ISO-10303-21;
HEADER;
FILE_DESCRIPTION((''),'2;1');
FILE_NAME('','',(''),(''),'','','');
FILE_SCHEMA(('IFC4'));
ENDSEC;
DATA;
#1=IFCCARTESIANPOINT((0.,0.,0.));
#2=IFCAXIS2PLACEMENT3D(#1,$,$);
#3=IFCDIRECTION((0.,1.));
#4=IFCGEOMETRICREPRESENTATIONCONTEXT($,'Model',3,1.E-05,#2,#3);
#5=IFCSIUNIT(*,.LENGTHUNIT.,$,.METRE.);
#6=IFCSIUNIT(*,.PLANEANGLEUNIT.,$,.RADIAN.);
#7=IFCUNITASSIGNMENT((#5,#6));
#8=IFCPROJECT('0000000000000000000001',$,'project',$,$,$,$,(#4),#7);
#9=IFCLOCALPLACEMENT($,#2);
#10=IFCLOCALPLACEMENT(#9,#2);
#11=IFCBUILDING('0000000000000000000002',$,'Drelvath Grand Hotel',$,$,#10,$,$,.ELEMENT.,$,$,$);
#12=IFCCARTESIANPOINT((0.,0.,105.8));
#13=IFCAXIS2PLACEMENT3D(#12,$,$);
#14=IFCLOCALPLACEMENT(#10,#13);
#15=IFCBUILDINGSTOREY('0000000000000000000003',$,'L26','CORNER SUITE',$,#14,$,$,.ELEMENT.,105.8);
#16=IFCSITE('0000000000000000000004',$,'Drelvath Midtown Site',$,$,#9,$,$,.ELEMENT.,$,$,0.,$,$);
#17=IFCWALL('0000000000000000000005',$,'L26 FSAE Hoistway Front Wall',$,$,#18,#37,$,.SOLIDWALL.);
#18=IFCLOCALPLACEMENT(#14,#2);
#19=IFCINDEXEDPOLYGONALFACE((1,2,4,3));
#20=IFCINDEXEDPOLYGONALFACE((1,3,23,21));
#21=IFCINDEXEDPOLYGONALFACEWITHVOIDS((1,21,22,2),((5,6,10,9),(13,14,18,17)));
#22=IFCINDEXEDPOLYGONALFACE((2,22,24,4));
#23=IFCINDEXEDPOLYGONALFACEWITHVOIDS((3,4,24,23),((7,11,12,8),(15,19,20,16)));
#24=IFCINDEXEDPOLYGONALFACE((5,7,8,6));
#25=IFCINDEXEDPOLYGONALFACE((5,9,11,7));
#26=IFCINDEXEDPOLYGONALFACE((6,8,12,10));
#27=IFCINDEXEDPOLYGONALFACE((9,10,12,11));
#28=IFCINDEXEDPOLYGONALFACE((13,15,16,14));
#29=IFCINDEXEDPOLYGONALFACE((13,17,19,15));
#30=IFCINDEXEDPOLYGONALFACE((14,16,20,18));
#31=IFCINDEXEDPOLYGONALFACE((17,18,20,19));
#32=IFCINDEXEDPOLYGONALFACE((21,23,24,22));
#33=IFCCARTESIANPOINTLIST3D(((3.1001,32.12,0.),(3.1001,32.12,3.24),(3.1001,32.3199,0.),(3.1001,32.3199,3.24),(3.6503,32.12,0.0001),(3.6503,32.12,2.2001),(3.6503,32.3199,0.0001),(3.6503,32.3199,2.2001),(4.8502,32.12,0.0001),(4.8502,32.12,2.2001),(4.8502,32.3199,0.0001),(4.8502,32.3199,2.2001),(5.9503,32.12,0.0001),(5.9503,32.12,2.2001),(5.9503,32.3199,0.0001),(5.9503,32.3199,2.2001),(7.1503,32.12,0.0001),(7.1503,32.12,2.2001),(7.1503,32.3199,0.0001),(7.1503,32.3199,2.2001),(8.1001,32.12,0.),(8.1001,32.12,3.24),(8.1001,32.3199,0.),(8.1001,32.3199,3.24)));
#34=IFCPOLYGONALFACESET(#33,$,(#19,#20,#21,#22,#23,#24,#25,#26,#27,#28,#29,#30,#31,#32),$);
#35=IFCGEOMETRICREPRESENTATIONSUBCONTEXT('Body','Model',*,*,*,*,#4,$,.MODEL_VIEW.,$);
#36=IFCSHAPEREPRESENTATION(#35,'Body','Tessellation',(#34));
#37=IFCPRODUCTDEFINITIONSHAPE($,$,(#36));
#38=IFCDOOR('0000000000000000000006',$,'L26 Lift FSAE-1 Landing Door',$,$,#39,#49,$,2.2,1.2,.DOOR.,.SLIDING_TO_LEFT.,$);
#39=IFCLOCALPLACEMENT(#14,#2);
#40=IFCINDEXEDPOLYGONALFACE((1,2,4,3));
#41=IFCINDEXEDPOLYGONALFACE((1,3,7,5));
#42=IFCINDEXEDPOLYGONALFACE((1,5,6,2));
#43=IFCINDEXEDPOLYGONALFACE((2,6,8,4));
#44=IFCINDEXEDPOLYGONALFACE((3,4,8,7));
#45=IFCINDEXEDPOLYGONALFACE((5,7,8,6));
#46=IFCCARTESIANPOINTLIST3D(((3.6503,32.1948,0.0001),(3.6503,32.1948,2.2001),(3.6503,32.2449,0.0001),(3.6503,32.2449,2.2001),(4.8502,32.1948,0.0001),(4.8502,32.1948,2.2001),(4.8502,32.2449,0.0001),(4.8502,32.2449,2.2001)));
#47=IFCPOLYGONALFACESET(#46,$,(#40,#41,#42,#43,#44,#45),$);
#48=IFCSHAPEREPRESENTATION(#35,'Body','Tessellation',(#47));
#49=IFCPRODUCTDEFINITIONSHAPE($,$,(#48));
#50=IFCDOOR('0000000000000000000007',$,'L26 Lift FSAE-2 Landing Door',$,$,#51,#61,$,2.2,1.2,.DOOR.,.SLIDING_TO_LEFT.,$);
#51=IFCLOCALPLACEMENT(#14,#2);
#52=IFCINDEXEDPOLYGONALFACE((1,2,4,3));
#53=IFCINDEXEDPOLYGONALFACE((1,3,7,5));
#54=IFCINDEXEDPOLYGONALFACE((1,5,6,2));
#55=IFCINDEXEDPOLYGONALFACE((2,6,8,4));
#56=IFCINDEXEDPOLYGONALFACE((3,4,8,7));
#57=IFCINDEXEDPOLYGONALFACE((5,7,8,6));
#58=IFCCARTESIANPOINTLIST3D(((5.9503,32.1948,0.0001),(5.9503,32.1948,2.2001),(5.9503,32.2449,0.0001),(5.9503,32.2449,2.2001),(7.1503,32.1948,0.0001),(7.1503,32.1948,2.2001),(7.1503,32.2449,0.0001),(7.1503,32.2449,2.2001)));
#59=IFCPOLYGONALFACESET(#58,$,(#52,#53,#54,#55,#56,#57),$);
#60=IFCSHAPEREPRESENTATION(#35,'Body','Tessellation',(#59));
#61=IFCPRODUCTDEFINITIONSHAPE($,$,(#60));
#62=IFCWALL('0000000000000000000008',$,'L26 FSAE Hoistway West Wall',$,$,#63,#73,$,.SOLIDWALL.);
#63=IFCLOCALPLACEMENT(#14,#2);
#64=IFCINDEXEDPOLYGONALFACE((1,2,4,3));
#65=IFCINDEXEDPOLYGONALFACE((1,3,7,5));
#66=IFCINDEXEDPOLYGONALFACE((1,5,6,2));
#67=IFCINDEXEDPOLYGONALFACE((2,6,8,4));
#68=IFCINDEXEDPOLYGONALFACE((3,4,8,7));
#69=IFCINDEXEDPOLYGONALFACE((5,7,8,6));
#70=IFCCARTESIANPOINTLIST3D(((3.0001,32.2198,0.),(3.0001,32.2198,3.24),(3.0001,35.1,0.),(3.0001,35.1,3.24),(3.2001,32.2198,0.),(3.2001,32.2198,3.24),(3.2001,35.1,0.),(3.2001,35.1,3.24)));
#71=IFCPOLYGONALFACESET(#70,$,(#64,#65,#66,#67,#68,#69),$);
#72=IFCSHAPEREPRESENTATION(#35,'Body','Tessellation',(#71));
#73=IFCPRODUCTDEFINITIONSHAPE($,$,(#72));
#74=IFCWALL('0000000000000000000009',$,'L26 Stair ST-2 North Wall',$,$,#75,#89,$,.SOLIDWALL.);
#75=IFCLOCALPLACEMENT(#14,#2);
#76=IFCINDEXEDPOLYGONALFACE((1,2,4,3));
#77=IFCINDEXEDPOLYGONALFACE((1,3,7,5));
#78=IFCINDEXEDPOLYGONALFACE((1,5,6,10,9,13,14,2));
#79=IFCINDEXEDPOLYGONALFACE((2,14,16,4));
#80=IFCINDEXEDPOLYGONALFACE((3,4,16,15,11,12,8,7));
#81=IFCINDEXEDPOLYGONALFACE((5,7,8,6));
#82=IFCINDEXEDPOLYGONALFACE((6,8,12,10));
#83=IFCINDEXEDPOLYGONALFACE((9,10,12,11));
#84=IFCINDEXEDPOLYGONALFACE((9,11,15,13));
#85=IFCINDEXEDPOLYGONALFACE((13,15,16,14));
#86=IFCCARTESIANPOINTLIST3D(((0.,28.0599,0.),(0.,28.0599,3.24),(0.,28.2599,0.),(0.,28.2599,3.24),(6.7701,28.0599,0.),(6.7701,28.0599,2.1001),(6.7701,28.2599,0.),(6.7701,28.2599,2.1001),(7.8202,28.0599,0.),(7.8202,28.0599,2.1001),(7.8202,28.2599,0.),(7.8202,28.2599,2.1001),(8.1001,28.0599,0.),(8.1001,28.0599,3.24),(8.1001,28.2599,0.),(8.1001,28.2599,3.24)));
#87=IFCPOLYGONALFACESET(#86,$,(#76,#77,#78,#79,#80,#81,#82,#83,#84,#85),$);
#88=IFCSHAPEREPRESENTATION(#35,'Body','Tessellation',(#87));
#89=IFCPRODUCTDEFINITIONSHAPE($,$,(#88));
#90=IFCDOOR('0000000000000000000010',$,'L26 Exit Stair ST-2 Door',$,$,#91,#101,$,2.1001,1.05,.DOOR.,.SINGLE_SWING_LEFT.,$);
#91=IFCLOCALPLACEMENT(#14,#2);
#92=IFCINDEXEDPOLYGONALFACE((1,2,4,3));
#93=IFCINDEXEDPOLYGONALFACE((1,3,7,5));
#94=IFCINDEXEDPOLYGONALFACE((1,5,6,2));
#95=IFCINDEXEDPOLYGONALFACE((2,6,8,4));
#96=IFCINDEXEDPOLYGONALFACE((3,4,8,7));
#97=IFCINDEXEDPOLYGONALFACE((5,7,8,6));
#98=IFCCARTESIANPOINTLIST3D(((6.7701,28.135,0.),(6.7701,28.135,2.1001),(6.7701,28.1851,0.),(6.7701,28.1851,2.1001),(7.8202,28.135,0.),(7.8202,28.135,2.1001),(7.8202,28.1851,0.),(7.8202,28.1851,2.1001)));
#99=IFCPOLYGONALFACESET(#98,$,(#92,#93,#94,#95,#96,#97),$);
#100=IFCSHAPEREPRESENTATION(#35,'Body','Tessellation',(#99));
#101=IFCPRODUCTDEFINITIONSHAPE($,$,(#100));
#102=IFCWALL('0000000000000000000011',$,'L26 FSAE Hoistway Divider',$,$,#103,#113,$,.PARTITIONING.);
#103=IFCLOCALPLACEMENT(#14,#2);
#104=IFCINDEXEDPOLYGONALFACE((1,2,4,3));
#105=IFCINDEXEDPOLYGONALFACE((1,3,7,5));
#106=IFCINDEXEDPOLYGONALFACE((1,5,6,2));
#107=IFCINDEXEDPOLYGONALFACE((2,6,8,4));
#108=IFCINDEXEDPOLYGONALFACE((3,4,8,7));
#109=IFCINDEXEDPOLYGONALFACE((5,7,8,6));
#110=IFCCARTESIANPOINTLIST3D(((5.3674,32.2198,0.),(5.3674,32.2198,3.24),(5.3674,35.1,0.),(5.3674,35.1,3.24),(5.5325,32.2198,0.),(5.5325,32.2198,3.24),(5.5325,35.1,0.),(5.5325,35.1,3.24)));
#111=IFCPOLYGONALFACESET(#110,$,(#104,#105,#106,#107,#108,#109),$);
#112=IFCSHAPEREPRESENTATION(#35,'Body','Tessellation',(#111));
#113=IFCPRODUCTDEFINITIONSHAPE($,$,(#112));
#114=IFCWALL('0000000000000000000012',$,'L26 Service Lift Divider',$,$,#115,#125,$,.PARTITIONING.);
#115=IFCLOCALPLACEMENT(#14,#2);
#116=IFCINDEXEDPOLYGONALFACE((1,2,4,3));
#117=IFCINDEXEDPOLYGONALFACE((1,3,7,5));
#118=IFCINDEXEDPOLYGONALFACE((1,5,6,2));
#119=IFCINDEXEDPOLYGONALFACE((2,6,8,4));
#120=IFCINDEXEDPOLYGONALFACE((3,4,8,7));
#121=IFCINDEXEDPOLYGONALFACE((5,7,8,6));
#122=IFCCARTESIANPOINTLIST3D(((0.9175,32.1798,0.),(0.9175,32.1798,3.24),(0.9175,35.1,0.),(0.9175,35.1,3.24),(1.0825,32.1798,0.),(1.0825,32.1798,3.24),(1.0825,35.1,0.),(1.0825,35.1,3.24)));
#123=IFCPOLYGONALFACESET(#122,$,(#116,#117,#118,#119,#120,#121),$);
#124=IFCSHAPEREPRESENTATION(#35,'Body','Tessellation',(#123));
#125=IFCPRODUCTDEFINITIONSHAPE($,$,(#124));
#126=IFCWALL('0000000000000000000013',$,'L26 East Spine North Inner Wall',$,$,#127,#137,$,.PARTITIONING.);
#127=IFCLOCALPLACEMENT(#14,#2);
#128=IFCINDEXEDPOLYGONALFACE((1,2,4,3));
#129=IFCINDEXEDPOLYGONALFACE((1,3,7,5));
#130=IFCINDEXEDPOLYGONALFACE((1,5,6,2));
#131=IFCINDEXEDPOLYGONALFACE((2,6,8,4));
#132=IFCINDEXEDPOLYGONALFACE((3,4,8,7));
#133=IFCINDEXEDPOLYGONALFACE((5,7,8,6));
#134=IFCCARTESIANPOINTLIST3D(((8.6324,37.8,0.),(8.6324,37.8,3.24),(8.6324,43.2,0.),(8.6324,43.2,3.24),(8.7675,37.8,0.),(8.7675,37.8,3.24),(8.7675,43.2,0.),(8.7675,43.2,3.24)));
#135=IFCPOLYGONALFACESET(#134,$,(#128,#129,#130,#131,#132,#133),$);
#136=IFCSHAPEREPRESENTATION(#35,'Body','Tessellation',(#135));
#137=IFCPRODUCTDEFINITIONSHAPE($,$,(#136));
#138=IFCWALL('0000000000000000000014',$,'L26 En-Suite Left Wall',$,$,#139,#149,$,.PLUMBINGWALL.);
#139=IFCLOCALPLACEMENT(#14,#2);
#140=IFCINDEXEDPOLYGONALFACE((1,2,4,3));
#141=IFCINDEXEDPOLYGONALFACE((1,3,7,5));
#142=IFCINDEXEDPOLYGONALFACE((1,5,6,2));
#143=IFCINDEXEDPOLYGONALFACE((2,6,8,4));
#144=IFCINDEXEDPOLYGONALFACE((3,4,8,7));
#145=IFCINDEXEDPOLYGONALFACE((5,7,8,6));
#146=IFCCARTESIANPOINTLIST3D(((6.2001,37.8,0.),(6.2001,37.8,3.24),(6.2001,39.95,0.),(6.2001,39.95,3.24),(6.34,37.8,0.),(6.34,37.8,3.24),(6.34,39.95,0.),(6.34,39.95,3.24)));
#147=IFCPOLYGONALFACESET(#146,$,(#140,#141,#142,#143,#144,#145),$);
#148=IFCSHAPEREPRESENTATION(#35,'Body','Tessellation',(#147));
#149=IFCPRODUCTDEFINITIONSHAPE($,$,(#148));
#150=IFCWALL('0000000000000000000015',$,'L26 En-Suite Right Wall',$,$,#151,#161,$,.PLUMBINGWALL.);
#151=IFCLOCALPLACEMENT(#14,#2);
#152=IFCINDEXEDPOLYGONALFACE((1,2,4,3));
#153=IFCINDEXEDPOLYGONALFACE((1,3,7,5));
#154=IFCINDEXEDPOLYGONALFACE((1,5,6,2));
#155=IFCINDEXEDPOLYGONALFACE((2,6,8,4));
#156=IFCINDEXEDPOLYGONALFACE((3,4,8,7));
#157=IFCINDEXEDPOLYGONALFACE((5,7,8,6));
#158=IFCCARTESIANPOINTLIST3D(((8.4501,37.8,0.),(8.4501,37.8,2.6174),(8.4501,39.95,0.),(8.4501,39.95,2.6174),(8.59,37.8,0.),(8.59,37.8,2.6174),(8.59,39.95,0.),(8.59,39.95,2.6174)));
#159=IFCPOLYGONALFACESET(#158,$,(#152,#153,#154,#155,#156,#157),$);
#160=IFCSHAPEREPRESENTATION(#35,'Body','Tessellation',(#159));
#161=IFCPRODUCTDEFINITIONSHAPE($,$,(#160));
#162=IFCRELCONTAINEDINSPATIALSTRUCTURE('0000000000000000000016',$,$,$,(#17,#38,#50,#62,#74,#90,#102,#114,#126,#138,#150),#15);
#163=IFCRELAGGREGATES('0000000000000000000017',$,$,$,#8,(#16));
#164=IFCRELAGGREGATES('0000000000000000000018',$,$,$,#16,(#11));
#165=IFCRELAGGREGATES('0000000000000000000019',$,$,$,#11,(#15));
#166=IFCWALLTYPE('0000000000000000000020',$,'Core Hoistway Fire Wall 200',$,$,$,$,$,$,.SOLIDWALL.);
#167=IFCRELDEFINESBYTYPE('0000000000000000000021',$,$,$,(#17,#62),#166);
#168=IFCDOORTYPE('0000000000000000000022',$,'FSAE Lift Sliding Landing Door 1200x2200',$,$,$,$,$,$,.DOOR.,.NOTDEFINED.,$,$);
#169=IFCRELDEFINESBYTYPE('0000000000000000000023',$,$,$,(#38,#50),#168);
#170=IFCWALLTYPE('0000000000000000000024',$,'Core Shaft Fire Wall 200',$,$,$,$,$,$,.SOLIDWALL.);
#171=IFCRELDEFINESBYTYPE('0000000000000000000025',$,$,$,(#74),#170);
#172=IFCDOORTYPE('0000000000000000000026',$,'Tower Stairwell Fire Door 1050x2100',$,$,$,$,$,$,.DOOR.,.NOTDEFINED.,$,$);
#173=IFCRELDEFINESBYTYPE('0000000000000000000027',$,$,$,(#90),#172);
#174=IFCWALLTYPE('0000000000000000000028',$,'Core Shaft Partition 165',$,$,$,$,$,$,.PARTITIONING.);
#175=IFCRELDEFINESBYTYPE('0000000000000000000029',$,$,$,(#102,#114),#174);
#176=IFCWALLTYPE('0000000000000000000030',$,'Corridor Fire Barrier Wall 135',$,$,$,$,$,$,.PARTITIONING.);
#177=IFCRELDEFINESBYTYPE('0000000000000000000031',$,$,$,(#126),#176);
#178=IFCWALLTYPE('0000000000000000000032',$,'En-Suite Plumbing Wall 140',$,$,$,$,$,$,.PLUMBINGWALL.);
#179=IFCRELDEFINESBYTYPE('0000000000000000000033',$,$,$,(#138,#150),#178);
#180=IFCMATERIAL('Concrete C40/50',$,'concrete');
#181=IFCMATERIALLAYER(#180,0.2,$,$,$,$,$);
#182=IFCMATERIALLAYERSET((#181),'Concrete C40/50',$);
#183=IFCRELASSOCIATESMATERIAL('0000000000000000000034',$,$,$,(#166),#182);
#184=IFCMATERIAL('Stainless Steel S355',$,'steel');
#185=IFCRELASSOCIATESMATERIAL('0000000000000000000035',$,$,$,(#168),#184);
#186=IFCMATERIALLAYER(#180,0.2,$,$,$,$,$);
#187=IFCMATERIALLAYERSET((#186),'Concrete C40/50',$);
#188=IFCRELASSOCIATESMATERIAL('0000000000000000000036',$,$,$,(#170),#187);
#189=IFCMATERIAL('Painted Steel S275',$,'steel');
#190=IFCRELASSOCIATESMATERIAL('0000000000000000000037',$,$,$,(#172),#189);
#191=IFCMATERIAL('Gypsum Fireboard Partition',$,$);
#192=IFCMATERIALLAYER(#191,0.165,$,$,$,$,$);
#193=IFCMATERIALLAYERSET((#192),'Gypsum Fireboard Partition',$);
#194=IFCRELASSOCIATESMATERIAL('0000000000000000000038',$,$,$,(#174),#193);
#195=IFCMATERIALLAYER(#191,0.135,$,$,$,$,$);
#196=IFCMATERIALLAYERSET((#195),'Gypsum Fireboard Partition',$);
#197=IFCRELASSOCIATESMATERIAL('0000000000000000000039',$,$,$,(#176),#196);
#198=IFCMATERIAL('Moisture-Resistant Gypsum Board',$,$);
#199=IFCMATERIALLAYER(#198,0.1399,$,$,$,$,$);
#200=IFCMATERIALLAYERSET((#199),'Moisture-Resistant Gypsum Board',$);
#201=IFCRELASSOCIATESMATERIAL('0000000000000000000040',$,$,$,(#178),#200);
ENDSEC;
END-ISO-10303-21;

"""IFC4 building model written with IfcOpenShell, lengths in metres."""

from ifc_helpers import new_model, si_unit, direction, frame, frame_2d, origin, place, context, subcontext, project, spatial, rectangle, extrude, material, layer, layer_set, type_object, element, fill, save


model = new_model("IFC4")

# Units and contexts
model_context = context("Model", 3, precision=1e-05, world=origin(), true_north=direction((0.0, 1.0)))
body_context = subcontext(model_context, "Body", "Model", "MODEL_VIEW")
ifc_project = project(units=[si_unit("LENGTHUNIT", "METRE"), si_unit("PLANEANGLEUNIT", "RADIAN")], contexts=[model_context])

# Site, building, storey
site_placement = place(None, origin())
site = spatial("IfcSite", under=ifc_project, at=site_placement, Name="Drelvath Midtown Site", CompositionType="ELEMENT", RefElevation=0.0)
building_placement = place(site_placement, origin())
building = spatial("IfcBuilding", under=site, at=building_placement, Name="Drelvath Grand Hotel", CompositionType="ELEMENT")
storey_placement = place(building_placement, frame((0.0, 0.0, 105.8)))
storey = spatial("IfcBuildingStorey", under=building, at=storey_placement, Name="L26", Description="CORNER SUITE", CompositionType="ELEMENT", Elevation=105.8)

# Wall, openings, doors
ifc_material_1 = material(Name="Concrete C40/50", Category="concrete")
ifc_layer_1 = layer(ifc_material_1, 0.2)
ifc_layer_set_1 = layer_set([ifc_layer_1], Name="Concrete C40/50")
wall_type_1 = type_object("IfcWallType", Name="Core Hoistway Fire Wall 200", PredefinedType="SOLIDWALL", material=ifc_layer_set_1)
wall_1_placement = place(storey_placement, frame((3.1001, 32.22, 0.0), z_axis=(0.0, 0.0, 1.0), x_axis=(1.0, 0.0, 0.0)))
wall_1 = element("IfcWall", 1, at=wall_1_placement, inside=storey, type_object=wall_type_1, Name="L26 FSAE Hoistway Front Wall", PredefinedType="SOLIDWALL", context=body_context, shape_type="SweptSolid", body=[
    extrude(rectangle(XDim=5.0, YDim=0.2, at=frame_2d((2.5, 0.0))), origin(), (0.0, 0.0, 1.0), 3.24),
])
opening_1_placement = place(wall_1_placement, frame((0.55, 0.0, 0.0)))
opening_1 = element("IfcOpeningElement", 2, at=opening_1_placement, cuts=wall_1, PredefinedType="OPENING", context=body_context, shape_type="SweptSolid", body=[
    extrude(rectangle(XDim=1.2, YDim=2.2, at=frame_2d((0.6001, 1.1001))), frame((0.0, 0.1099, 0.0), z_axis=(0.0, -1.0, 0.0), x_axis=(1.0, 0.0, 0.0)), (0.0, 0.0, 1.0), 0.22),
])
opening_2_placement = place(wall_1_placement, frame((2.8501, 0.0, 0.0)))
opening_2 = element("IfcOpeningElement", 3, at=opening_2_placement, cuts=wall_1, PredefinedType="OPENING", context=body_context, shape_type="SweptSolid", body=[
    extrude(rectangle(XDim=1.2, YDim=2.2, at=frame_2d((0.6001, 1.1001))), frame((0.0, 0.1099, 0.0), z_axis=(0.0, -1.0, 0.0), x_axis=(1.0, 0.0, 0.0)), (0.0, 0.0, 1.0), 0.22),
])
ifc_material_2 = material(Name="Stainless Steel S355", Category="steel")
door_type_1 = type_object("IfcDoorType", Name="FSAE Lift Sliding Landing Door 1200x2200", OperationType="NOTDEFINED", PredefinedType="DOOR", material=ifc_material_2)
door_1_placement = place(opening_1_placement, origin())
door_1 = element("IfcDoor", 4, at=door_1_placement, inside=storey, type_object=door_type_1, Name="L26 Lift FSAE-1 Landing Door", OperationType="SLIDING_TO_LEFT", OverallHeight=2.2, OverallWidth=1.2, PredefinedType="DOOR", context=body_context, shape_type="SweptSolid", body=[
    extrude(rectangle(XDim=1.2, YDim=2.2, at=frame_2d((0.6001, 1.1001))), frame((0.0, 0.0249, 0.0), z_axis=(0.0, -1.0, 0.0), x_axis=(1.0, 0.0, 0.0)), (0.0, 0.0, 1.0), 0.05),
])
fill(opening_1, door_1)
door_2_placement = place(opening_2_placement, origin())
door_2 = element("IfcDoor", 5, at=door_2_placement, inside=storey, type_object=door_type_1, Name="L26 Lift FSAE-2 Landing Door", OperationType="SLIDING_TO_LEFT", OverallHeight=2.2, OverallWidth=1.2, PredefinedType="DOOR", context=body_context, shape_type="SweptSolid", body=[
    extrude(rectangle(XDim=1.2, YDim=2.2, at=frame_2d((0.6001, 1.1001))), frame((0.0, 0.0249, 0.0), z_axis=(0.0, -1.0, 0.0), x_axis=(1.0, 0.0, 0.0)), (0.0, 0.0, 1.0), 0.05),
])
fill(opening_2, door_2)

# Wall
wall_2_placement = place(storey_placement, frame((3.1001, 32.22, 0.0), z_axis=(0.0, 0.0, 1.0), x_axis=(0.0, 1.0, 0.0)))
element("IfcWall", 6, at=wall_2_placement, inside=storey, type_object=wall_type_1, Name="L26 FSAE Hoistway West Wall", PredefinedType="SOLIDWALL", context=body_context, shape_type="SweptSolid", body=[
    extrude(rectangle(XDim=2.8801, YDim=0.2, at=frame_2d((1.4399, 0.0))), origin(), (0.0, 0.0, 1.0), 3.24),
])

# Wall, opening, door
ifc_layer_2 = layer(ifc_material_1, 0.2)
ifc_layer_set_2 = layer_set([ifc_layer_2], Name="Concrete C40/50")
wall_type_2 = type_object("IfcWallType", Name="Core Shaft Fire Wall 200", PredefinedType="SOLIDWALL", material=ifc_layer_set_2)
wall_3_placement = place(storey_placement, frame((8.1001, 28.1599, 0.0), z_axis=(0.0, 0.0, 1.0), x_axis=(-1.0, 0.0, 0.0)))
wall_3 = element("IfcWall", 7, at=wall_3_placement, inside=storey, type_object=wall_type_2, Name="L26 Stair ST-2 North Wall", PredefinedType="SOLIDWALL", context=body_context, shape_type="SweptSolid", body=[
    extrude(rectangle(XDim=8.1001, YDim=0.2, at=frame_2d((4.05, 0.0))), origin(), (0.0, 0.0, 1.0), 3.24),
])
opening_3_placement = place(wall_3_placement, frame((0.28, 0.0, 0.0)))
opening_3 = element("IfcOpeningElement", 8, at=opening_3_placement, cuts=wall_3, PredefinedType="OPENING", context=body_context, shape_type="SweptSolid", body=[
    extrude(rectangle(XDim=1.05, YDim=2.1001, at=frame_2d((0.5249, 1.05))), frame((0.0, 0.1099, 0.0), z_axis=(0.0, -1.0, 0.0), x_axis=(1.0, 0.0, 0.0)), (0.0, 0.0, 1.0), 0.22),
])
ifc_material_3 = material(Name="Painted Steel S275", Category="steel")
door_type_2 = type_object("IfcDoorType", Name="Tower Stairwell Fire Door 1050x2100", OperationType="NOTDEFINED", PredefinedType="DOOR", material=ifc_material_3)
door_3_placement = place(opening_3_placement, origin())
door_3 = element("IfcDoor", 9, at=door_3_placement, inside=storey, type_object=door_type_2, Name="L26 Exit Stair ST-2 Door", OperationType="SINGLE_SWING_LEFT", OverallHeight=2.1001, OverallWidth=1.05, PredefinedType="DOOR", context=body_context, shape_type="SweptSolid", body=[
    extrude(rectangle(XDim=1.05, YDim=2.1001, at=frame_2d((0.5249, 1.05))), frame((0.0, 0.0249, 0.0), z_axis=(0.0, -1.0, 0.0), x_axis=(1.0, 0.0, 0.0)), (0.0, 0.0, 1.0), 0.05),
])
fill(opening_3, door_3)

# Walls
ifc_material_4 = material(Name="Gypsum Fireboard Partition")
ifc_layer_3 = layer(ifc_material_4, 0.165)
ifc_layer_set_3 = layer_set([ifc_layer_3], Name="Gypsum Fireboard Partition")
wall_type_3 = type_object("IfcWallType", Name="Core Shaft Partition 165", PredefinedType="PARTITIONING", material=ifc_layer_set_3)
wall_4_placement = place(storey_placement, frame((5.45, 32.22, 0.0), z_axis=(0.0, 0.0, 1.0), x_axis=(0.0, 1.0, 0.0)))
element("IfcWall", 10, at=wall_4_placement, inside=storey, type_object=wall_type_3, Name="L26 FSAE Hoistway Divider", PredefinedType="PARTITIONING", context=body_context, shape_type="SweptSolid", body=[
    extrude(rectangle(XDim=2.8801, YDim=0.165, at=frame_2d((1.4399, 0.0))), origin(), (0.0, 0.0, 1.0), 3.24),
])
wall_5_placement = place(storey_placement, frame((1.0, 32.1799, 0.0), z_axis=(0.0, 0.0, 1.0), x_axis=(0.0, 1.0, 0.0)))
element("IfcWall", 11, at=wall_5_placement, inside=storey, type_object=wall_type_3, Name="L26 Service Lift Divider", PredefinedType="PARTITIONING", context=body_context, shape_type="SweptSolid", body=[
    extrude(rectangle(XDim=2.9202, YDim=0.165, at=frame_2d((1.46, 0.0))), origin(), (0.0, 0.0, 1.0), 3.24),
])
ifc_layer_4 = layer(ifc_material_4, 0.135)
ifc_layer_set_4 = layer_set([ifc_layer_4], Name="Gypsum Fireboard Partition")
wall_type_4 = type_object("IfcWallType", Name="Corridor Fire Barrier Wall 135", PredefinedType="PARTITIONING", material=ifc_layer_set_4)
wall_6_placement = place(storey_placement, frame((8.7, 37.8, 0.0), z_axis=(0.0, 0.0, 1.0), x_axis=(0.0, 1.0, 0.0)))
element("IfcWall", 12, at=wall_6_placement, inside=storey, type_object=wall_type_4, Name="L26 East Spine North Inner Wall", PredefinedType="PARTITIONING", context=body_context, shape_type="SweptSolid", body=[
    extrude(rectangle(XDim=5.3999, YDim=0.135, at=frame_2d((2.7, 0.0))), origin(), (0.0, 0.0, 1.0), 3.24),
])
ifc_material_5 = material(Name="Moisture-Resistant Gypsum Board")
ifc_layer_5 = layer(ifc_material_5, 0.1399)
ifc_layer_set_5 = layer_set([ifc_layer_5], Name="Moisture-Resistant Gypsum Board")
wall_type_5 = type_object("IfcWallType", Name="En-Suite Plumbing Wall 140", PredefinedType="PLUMBINGWALL", material=ifc_layer_set_5)
wall_7_placement = place(storey_placement, frame((6.27, 37.8, 0.0), z_axis=(0.0, 0.0, 1.0), x_axis=(0.0, 1.0, 0.0)))
element("IfcWall", 13, at=wall_7_placement, inside=storey, type_object=wall_type_5, Name="L26 En-Suite Left Wall", PredefinedType="PLUMBINGWALL", context=body_context, shape_type="SweptSolid", body=[
    extrude(rectangle(XDim=2.1499, YDim=0.1399, at=frame_2d((1.075, 0.0))), origin(), (0.0, 0.0, 1.0), 3.24),
])
wall_8_placement = place(storey_placement, frame((8.52, 37.8, 0.0), z_axis=(0.0, 0.0, 1.0), x_axis=(0.0, 1.0, 0.0)))
element("IfcWall", 14, at=wall_8_placement, inside=storey, type_object=wall_type_5, Name="L26 En-Suite Right Wall", PredefinedType="PLUMBINGWALL", context=body_context, shape_type="SweptSolid", body=[
    extrude(rectangle(XDim=2.1499, YDim=0.1399, at=frame_2d((1.075, 0.0))), origin(), (0.0, 0.0, 1.0), 2.6174),
])

save(model, "model.ifc")
